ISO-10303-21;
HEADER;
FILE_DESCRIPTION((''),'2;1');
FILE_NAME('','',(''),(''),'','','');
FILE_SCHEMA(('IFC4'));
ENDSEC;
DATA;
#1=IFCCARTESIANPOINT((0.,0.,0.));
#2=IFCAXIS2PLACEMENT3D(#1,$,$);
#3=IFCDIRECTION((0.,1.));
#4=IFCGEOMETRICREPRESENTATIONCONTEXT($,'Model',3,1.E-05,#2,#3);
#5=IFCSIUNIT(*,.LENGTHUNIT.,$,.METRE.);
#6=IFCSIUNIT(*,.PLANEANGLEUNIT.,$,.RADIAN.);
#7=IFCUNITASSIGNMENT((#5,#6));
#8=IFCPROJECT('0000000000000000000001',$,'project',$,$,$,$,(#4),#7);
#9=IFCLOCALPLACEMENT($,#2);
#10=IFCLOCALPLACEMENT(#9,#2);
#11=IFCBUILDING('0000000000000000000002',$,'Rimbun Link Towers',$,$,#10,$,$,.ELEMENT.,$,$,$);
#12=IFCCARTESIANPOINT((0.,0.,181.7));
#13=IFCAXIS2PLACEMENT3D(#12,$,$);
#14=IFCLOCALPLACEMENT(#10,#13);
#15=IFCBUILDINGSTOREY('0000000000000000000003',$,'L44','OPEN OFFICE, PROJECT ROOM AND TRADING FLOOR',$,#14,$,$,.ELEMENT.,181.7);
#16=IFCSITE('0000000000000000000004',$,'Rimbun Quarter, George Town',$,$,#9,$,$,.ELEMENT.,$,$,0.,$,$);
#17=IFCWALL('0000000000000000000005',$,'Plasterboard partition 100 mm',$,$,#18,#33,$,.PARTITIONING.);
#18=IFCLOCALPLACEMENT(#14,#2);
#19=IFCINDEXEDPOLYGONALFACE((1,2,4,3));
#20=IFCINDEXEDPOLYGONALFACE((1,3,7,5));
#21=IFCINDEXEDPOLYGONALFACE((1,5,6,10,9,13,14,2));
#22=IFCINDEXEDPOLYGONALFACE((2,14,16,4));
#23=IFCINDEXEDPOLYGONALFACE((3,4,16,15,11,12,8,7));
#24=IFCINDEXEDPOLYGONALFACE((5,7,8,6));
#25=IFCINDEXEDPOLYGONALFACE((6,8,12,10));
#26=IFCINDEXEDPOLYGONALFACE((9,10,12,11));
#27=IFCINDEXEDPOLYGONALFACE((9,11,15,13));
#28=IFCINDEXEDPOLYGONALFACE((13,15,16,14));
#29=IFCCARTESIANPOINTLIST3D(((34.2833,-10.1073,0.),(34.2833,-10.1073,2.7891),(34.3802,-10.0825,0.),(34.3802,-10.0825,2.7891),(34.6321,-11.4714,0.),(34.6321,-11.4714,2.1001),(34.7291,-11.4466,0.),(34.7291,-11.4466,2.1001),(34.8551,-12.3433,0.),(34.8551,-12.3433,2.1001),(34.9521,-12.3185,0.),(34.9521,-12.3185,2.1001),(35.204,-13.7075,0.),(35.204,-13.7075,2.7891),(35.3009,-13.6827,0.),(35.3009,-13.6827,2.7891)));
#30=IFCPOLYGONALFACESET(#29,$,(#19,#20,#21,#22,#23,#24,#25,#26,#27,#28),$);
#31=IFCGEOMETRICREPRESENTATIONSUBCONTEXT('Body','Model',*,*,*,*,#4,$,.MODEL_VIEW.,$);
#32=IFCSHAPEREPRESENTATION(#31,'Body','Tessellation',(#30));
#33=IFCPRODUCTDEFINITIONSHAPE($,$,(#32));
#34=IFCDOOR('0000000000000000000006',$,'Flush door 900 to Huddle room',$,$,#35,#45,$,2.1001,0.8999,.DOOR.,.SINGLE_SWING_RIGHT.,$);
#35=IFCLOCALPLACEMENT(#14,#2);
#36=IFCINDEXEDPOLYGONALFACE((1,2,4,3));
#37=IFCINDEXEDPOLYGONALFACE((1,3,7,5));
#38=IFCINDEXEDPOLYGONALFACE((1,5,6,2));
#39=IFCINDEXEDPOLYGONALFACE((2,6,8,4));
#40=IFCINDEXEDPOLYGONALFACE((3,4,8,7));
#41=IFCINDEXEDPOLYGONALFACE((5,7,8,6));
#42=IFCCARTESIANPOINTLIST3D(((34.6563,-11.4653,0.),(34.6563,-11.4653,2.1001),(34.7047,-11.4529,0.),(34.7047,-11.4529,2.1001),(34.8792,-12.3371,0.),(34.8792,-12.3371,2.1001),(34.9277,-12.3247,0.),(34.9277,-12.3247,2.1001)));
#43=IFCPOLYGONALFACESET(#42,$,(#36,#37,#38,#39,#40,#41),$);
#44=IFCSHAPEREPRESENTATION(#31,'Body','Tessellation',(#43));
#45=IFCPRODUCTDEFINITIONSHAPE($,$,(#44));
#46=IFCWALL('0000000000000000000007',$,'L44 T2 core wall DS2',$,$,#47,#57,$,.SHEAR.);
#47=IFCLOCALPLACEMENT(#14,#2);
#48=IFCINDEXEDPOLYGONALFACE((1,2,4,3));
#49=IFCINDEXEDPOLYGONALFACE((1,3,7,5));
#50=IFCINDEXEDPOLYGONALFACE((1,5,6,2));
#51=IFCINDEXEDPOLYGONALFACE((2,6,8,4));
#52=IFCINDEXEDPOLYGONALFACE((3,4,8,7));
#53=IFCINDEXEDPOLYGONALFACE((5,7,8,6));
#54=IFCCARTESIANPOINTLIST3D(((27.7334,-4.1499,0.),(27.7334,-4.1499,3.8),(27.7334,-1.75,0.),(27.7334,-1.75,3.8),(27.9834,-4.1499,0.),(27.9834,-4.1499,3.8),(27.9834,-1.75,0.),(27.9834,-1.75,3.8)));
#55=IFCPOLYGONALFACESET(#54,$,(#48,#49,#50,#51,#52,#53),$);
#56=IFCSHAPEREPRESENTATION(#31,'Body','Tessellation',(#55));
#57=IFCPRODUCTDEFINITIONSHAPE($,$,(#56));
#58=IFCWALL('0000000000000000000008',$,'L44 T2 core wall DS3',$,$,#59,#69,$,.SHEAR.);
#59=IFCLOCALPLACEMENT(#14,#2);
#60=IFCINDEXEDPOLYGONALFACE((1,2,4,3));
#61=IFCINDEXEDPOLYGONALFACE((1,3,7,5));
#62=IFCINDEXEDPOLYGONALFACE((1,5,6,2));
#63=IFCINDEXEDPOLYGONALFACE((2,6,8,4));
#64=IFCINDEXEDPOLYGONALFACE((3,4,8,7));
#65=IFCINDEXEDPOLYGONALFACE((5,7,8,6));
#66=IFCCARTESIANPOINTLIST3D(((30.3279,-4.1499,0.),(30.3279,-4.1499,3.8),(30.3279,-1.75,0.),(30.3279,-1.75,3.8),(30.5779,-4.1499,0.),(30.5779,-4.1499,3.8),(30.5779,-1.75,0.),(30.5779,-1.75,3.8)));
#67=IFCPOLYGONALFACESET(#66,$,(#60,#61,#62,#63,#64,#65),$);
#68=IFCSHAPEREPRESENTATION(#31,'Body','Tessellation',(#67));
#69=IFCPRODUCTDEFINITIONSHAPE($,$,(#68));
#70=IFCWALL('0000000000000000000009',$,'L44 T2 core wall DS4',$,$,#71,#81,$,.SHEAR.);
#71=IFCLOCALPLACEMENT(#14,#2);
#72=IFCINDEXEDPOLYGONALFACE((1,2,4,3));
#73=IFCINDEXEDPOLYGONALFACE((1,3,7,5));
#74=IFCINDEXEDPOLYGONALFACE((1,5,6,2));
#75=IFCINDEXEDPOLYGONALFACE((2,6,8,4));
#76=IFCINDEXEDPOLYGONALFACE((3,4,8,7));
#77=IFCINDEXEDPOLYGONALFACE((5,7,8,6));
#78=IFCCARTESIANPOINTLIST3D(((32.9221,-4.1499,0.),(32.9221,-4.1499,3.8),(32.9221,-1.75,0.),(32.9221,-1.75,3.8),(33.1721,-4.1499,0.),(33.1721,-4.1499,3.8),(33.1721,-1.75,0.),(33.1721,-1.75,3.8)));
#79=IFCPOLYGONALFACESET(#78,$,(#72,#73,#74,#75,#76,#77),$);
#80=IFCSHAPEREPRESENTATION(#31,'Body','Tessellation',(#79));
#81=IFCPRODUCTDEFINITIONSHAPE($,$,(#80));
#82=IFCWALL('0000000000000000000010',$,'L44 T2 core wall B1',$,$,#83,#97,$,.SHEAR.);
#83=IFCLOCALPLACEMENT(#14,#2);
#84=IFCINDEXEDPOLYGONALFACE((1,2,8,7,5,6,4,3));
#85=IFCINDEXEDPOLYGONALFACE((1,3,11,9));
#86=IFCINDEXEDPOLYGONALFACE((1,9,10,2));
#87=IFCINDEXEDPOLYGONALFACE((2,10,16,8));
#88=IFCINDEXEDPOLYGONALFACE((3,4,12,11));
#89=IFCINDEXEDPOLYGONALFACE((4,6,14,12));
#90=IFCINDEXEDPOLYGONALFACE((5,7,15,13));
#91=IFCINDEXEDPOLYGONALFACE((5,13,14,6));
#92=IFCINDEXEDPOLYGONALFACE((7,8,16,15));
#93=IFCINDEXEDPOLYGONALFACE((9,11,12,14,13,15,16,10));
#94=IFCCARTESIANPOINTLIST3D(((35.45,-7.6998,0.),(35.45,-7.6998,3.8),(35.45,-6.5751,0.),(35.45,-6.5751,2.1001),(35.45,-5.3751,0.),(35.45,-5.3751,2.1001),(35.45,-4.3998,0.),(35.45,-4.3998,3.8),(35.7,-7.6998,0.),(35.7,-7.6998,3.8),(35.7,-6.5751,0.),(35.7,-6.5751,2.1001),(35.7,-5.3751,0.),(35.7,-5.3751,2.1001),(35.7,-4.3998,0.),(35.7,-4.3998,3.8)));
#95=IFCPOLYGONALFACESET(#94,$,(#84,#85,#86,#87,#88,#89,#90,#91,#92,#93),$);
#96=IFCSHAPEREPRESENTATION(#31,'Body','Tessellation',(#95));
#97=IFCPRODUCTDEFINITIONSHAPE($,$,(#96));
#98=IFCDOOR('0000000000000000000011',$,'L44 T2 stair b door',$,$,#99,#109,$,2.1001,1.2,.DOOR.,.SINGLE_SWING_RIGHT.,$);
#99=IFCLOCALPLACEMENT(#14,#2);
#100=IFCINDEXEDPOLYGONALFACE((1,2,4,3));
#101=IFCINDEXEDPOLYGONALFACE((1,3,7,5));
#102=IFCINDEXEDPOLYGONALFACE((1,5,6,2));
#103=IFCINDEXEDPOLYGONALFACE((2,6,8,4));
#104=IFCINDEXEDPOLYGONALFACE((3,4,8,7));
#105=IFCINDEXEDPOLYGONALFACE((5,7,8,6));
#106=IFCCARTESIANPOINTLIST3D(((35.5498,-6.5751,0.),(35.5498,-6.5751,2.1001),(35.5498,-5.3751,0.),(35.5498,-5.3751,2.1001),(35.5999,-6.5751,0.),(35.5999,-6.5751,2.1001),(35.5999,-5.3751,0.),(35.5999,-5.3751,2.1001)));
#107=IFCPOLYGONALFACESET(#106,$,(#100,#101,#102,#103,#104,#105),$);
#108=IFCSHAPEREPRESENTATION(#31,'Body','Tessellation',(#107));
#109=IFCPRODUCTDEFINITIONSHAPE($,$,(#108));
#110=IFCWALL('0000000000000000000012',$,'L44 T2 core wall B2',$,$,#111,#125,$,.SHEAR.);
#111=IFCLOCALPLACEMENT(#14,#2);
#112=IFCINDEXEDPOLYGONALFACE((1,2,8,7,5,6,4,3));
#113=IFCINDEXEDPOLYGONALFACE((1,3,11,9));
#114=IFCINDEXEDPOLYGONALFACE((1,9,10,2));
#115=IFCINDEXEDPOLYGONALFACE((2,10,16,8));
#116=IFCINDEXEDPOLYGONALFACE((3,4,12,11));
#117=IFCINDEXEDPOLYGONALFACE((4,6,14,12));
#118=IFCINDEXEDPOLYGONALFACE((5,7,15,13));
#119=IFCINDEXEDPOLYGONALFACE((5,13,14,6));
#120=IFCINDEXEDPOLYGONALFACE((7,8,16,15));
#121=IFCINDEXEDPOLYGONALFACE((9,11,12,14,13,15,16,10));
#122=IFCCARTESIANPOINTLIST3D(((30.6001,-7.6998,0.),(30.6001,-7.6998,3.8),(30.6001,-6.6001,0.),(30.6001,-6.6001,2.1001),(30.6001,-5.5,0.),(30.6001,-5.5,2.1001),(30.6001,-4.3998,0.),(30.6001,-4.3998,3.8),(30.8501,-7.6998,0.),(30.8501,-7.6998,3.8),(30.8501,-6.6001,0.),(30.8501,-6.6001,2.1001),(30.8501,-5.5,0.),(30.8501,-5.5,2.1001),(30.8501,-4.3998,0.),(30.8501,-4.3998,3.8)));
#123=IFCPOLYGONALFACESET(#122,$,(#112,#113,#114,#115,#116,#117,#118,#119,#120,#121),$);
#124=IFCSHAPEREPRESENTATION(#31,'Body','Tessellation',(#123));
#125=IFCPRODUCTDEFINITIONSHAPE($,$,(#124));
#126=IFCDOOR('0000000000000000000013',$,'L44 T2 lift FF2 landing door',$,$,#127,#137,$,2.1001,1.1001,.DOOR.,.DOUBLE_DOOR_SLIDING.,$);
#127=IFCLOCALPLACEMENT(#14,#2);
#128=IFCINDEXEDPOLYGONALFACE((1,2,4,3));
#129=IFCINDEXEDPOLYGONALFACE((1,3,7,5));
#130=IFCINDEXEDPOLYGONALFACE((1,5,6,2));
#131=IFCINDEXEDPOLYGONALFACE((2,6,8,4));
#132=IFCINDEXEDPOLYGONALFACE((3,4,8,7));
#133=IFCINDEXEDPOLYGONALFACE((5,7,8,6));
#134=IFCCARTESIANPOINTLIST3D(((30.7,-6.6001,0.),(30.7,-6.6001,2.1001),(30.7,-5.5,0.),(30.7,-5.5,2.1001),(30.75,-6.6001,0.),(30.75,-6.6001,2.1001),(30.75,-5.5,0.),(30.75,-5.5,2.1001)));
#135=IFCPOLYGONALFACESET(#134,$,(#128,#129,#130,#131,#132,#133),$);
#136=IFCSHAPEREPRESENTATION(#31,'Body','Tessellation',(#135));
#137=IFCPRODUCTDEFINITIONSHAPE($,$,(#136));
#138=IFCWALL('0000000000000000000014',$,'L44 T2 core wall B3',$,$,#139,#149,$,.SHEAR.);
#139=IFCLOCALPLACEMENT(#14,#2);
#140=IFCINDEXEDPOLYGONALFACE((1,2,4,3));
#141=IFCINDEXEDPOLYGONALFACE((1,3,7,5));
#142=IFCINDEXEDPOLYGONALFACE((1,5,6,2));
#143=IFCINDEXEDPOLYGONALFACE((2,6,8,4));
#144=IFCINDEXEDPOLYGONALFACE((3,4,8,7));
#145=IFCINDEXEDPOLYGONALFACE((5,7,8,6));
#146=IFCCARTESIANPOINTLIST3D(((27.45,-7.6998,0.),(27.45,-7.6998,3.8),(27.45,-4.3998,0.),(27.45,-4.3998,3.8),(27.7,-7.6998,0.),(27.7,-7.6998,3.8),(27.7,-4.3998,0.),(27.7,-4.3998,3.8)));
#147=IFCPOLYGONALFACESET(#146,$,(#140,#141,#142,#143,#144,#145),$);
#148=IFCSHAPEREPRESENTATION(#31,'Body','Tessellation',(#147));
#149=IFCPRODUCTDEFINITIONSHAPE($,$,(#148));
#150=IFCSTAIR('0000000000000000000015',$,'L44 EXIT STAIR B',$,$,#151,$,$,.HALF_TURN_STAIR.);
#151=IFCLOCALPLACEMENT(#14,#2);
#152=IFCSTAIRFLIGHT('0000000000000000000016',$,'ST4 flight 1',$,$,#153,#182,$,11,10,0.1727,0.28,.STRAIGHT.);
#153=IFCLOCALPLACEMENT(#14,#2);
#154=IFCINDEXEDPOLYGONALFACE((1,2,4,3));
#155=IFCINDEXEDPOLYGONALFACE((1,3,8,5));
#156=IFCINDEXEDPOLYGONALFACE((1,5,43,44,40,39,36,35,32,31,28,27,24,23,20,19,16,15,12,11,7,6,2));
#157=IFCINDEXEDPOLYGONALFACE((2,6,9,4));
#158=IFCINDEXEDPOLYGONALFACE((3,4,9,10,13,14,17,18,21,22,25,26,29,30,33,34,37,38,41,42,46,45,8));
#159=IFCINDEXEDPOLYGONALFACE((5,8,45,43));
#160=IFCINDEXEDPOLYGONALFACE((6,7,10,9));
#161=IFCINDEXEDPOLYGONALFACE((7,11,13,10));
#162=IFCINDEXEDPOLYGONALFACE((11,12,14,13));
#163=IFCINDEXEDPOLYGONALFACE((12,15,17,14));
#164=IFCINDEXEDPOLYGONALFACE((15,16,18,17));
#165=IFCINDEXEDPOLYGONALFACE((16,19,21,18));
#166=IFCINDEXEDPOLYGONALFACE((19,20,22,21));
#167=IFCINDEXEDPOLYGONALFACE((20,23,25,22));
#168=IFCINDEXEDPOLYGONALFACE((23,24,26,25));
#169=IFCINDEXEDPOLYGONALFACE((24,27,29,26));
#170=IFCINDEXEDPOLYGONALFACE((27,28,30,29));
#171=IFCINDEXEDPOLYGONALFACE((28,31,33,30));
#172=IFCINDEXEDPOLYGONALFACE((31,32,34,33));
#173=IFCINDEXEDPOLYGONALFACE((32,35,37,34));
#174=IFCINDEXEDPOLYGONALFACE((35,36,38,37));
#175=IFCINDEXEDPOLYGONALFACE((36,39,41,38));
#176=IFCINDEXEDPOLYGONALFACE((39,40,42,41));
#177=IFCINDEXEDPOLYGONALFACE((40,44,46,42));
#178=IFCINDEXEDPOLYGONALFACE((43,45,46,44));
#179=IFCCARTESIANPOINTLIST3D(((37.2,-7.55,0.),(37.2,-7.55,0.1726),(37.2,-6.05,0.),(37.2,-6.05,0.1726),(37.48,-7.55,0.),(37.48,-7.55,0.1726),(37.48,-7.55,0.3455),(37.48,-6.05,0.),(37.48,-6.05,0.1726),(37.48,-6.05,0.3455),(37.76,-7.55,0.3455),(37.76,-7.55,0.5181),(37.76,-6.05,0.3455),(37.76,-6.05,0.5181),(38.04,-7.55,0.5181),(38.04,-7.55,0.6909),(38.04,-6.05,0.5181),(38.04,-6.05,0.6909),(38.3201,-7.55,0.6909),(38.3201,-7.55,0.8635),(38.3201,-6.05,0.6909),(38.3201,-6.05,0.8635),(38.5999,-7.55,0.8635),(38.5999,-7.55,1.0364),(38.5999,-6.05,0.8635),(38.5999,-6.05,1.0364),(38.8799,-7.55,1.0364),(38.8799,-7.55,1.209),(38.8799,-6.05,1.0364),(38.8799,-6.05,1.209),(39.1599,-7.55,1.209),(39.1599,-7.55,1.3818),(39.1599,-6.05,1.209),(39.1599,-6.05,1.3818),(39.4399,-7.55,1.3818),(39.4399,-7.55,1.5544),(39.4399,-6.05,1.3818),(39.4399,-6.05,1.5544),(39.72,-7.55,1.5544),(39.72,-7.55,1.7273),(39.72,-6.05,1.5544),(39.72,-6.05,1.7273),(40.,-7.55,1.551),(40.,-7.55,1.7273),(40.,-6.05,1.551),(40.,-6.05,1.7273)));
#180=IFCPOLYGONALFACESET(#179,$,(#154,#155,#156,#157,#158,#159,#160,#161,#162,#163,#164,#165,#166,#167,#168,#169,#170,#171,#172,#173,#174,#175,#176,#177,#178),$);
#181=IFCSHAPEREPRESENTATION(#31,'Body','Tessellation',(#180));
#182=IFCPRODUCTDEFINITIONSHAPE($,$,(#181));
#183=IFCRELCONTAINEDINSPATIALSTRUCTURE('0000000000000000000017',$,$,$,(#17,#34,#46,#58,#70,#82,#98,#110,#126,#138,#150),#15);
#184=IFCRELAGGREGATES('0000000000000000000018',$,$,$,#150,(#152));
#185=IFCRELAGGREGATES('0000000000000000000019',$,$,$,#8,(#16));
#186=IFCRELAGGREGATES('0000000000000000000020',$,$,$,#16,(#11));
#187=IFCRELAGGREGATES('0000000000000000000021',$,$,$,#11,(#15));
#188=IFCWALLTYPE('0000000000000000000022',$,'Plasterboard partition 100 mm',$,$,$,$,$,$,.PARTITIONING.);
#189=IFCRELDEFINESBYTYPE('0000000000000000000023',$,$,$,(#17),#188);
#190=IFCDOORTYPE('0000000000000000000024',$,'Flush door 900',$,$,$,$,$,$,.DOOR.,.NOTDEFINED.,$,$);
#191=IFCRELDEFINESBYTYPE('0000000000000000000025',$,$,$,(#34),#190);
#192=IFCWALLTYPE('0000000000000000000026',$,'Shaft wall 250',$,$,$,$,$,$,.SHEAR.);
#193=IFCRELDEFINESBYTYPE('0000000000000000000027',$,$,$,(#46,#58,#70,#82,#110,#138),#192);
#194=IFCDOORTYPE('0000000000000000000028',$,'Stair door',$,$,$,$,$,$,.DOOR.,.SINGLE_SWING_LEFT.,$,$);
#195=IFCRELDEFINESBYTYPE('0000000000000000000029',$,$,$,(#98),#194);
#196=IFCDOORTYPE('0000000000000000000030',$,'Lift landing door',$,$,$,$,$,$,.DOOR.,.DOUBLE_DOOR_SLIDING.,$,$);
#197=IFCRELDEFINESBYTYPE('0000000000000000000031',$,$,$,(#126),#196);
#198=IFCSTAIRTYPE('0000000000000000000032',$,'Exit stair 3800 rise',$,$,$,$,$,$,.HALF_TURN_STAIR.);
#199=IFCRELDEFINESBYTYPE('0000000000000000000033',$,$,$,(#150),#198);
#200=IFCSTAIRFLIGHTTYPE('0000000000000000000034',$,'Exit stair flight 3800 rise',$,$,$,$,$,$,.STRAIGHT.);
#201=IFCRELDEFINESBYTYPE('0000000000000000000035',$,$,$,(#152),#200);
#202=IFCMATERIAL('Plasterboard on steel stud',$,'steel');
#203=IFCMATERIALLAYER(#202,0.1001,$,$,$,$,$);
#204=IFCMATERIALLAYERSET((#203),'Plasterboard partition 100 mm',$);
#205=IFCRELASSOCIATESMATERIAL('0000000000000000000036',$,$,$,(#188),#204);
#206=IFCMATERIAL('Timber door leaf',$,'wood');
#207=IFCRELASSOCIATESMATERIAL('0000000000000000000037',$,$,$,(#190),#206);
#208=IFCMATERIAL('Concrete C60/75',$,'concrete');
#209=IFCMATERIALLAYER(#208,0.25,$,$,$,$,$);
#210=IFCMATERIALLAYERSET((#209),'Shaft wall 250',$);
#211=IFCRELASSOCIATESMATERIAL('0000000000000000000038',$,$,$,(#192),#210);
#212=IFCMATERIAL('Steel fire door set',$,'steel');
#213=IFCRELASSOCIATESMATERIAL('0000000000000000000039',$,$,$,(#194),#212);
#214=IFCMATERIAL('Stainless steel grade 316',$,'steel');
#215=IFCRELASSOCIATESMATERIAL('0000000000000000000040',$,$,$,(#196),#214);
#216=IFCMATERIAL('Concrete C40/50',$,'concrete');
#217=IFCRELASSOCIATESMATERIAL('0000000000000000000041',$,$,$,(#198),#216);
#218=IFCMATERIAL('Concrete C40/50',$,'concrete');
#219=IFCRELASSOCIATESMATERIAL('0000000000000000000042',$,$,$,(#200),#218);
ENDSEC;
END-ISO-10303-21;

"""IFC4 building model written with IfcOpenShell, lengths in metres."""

from ifc_helpers import new_model, si_unit, direction, frame, frame_2d, origin, place, context, subcontext, project, spatial, polyline, rectangle, outline, extrude, material, layer, layer_set, type_object, element, fill, aggregate, save


model = new_model("IFC4")

# Units and contexts
model_context = context("Model", 3, precision=1e-05, world=origin(), true_north=direction((0.0, 1.0)))
body_context = subcontext(model_context, "Body", "Model", "MODEL_VIEW")
ifc_project = project(units=[si_unit("LENGTHUNIT", "METRE"), si_unit("PLANEANGLEUNIT", "RADIAN")], contexts=[model_context])

# Site, building, storey
site_placement = place(None, origin())
site = spatial("IfcSite", under=ifc_project, at=site_placement, Name="Rimbun Quarter, George Town", CompositionType="ELEMENT", RefElevation=0.0)
building_placement = place(site_placement, origin())
building = spatial("IfcBuilding", under=site, at=building_placement, Name="Rimbun Link Towers", CompositionType="ELEMENT")
storey_placement = place(building_placement, frame((0.0, 0.0, 181.7)))
storey = spatial("IfcBuildingStorey", under=building, at=storey_placement, Name="L44", Description="OPEN OFFICE, PROJECT ROOM AND TRADING FLOOR", CompositionType="ELEMENT", Elevation=181.7)

# Wall, opening, door
ifc_material_1 = material(Name="Plasterboard on steel stud", Category="steel")
ifc_layer_1 = layer(ifc_material_1, 0.1001)
ifc_layer_set_1 = layer_set([ifc_layer_1], Name="Plasterboard partition 100 mm")
wall_type_1 = type_object("IfcWallType", Name="Plasterboard partition 100 mm", PredefinedType="PARTITIONING", material=ifc_layer_set_1)
ifc_material_2 = material(Name="Timber door leaf", Category="wood")
door_type_1 = type_object("IfcDoorType", Name="Flush door 900", OperationType="NOTDEFINED", PredefinedType="DOOR", material=ifc_material_2)
wall_1_placement = place(storey_placement, frame((34.3318, -10.095, 0.0), z_axis=(0.0, 0.0, 1.0), x_axis=(0.247757, -0.968822, 0.0)))
wall_1 = element("IfcWall", 1, at=wall_1_placement, inside=storey, type_object=wall_type_1, Name="Plasterboard partition 100 mm", PredefinedType="PARTITIONING", context=body_context, shape_type="SweptSolid", body=[
    extrude(rectangle(XDim=3.7161, YDim=0.1001, at=frame_2d((1.8579, 0.0))), origin(), (0.0, 0.0, 1.0), 2.7891),
])
opening_1_placement = place(wall_1_placement, frame((1.408, 0.0, 0.0)))
opening_1 = element("IfcOpeningElement", 2, at=opening_1_placement, cuts=wall_1, PredefinedType="OPENING", context=body_context, shape_type="SweptSolid", body=[
    extrude(rectangle(XDim=0.8999, YDim=2.1001, at=frame_2d((0.45, 1.05))), frame((0.0, 0.0601, 0.0), z_axis=(0.0, -1.0, 0.0), x_axis=(1.0, 0.0, 0.0)), (0.0, 0.0, 1.0), 0.1201),
])
door_1_placement = place(opening_1_placement, origin())
door_1 = element("IfcDoor", 3, at=door_1_placement, inside=storey, type_object=door_type_1, Name="Flush door 900 to Huddle room", OperationType="SINGLE_SWING_RIGHT", OverallHeight=2.1001, OverallWidth=0.8999, PredefinedType="DOOR", context=body_context, shape_type="SweptSolid", body=[
    extrude(rectangle(XDim=0.8999, YDim=2.1001, at=frame_2d((0.45, 1.05))), frame((0.0, 0.0249, 0.0), z_axis=(0.0, -1.0, 0.0), x_axis=(1.0, 0.0, 0.0)), (0.0, 0.0, 1.0), 0.05),
])
fill(opening_1, door_1)

# Walls
ifc_material_3 = material(Name="Concrete C60/75", Category="concrete")
ifc_layer_2 = layer(ifc_material_3, 0.25)
ifc_layer_set_2 = layer_set([ifc_layer_2], Name="Shaft wall 250")
wall_type_2 = type_object("IfcWallType", Name="Shaft wall 250", PredefinedType="SHEAR", material=ifc_layer_set_2)
for number, where, z_axis, x_axis, name in (
    (4, (27.8584, -4.1499, 0.0), (0.0, 0.0, 1.0), (0.0, 1.0, 0.0), "L44 T2 core wall DS2"),
    (5, (30.4529, -4.1499, 0.0), (0.0, 0.0, 1.0), (0.0, 1.0, 0.0), "L44 T2 core wall DS3"),
    (6, (33.0471, -4.1499, 0.0), (0.0, 0.0, 1.0), (0.0, 1.0, 0.0), "L44 T2 core wall DS4"),
):
    element("IfcWall", number, at=place(storey_placement, frame(where, z_axis=z_axis, x_axis=x_axis)), inside=storey, type_object=wall_type_2, Name=name, PredefinedType="SHEAR", context=body_context, shape_type="SweptSolid", body=[
        extrude(rectangle(XDim=2.3999, YDim=0.25, at=frame_2d((1.2, 0.0))), origin(), (0.0, 0.0, 1.0), 3.8),
    ])

# Walls, openings, doors
wall_2_placement = place(storey_placement, frame((35.575, -4.3999, 0.0), z_axis=(0.0, 0.0, 1.0), x_axis=(0.0, -1.0, 0.0)))
wall_2 = element("IfcWall", 7, at=wall_2_placement, inside=storey, type_object=wall_type_2, Name="L44 T2 core wall B1", PredefinedType="SHEAR", context=body_context, shape_type="SweptSolid", body=[
    extrude(rectangle(XDim=3.3, YDim=0.25, at=frame_2d((1.6499, 0.0))), origin(), (0.0, 0.0, 1.0), 3.8),
])
opening_2_placement = place(wall_2_placement, frame((0.9751, 0.0, 0.0)))
opening_2 = element("IfcOpeningElement", 8, at=opening_2_placement, cuts=wall_2, PredefinedType="OPENING", context=body_context, shape_type="SweptSolid", body=[
    extrude(rectangle(XDim=1.2, YDim=2.1001, at=frame_2d((0.6001, 1.05))), frame((0.0, 0.135, 0.0), z_axis=(0.0, -1.0, 0.0), x_axis=(1.0, 0.0, 0.0)), (0.0, 0.0, 1.0), 0.27),
])
ifc_material_4 = material(Name="Steel fire door set", Category="steel")
door_type_2 = type_object("IfcDoorType", Name="Stair door", OperationType="SINGLE_SWING_LEFT", PredefinedType="DOOR", material=ifc_material_4)
door_2_placement = place(opening_2_placement, origin())
door_2 = element("IfcDoor", 9, at=door_2_placement, inside=storey, type_object=door_type_2, Name="L44 T2 stair b door", OperationType="SINGLE_SWING_RIGHT", OverallHeight=2.1001, OverallWidth=1.2, PredefinedType="DOOR", context=body_context, shape_type="SweptSolid", body=[
    extrude(rectangle(XDim=1.2, YDim=2.1001, at=frame_2d((0.6001, 1.05))), frame((0.0, 0.0249, 0.0), z_axis=(0.0, -1.0, 0.0), x_axis=(1.0, 0.0, 0.0)), (0.0, 0.0, 1.0), 0.05),
])
fill(opening_2, door_2)
wall_3_placement = place(storey_placement, frame((30.7251, -4.3999, 0.0), z_axis=(0.0, 0.0, 1.0), x_axis=(0.0, -1.0, 0.0)))
wall_3 = element("IfcWall", 10, at=wall_3_placement, inside=storey, type_object=wall_type_2, Name="L44 T2 core wall B2", PredefinedType="SHEAR", context=body_context, shape_type="SweptSolid", body=[
    extrude(rectangle(XDim=3.3, YDim=0.25, at=frame_2d((1.6499, 0.0))), origin(), (0.0, 0.0, 1.0), 3.8),
])
opening_3_placement = place(wall_3_placement, frame((1.1001, 0.0, 0.0)))
opening_3 = element("IfcOpeningElement", 11, at=opening_3_placement, cuts=wall_3, PredefinedType="OPENING", context=body_context, shape_type="SweptSolid", body=[
    extrude(rectangle(XDim=1.1001, YDim=2.1001, at=frame_2d((0.55, 1.05))), frame((0.0, 0.135, 0.0), z_axis=(0.0, -1.0, 0.0), x_axis=(1.0, 0.0, 0.0)), (0.0, 0.0, 1.0), 0.27),
])
ifc_material_5 = material(Name="Stainless steel grade 316", Category="steel")
door_type_3 = type_object("IfcDoorType", Name="Lift landing door", OperationType="DOUBLE_DOOR_SLIDING", PredefinedType="DOOR", material=ifc_material_5)
door_3_placement = place(opening_3_placement, origin())
door_3 = element("IfcDoor", 12, at=door_3_placement, inside=storey, type_object=door_type_3, Name="L44 T2 lift FF2 landing door", OperationType="DOUBLE_DOOR_SLIDING", OverallHeight=2.1001, OverallWidth=1.1001, PredefinedType="DOOR", context=body_context, shape_type="SweptSolid", body=[
    extrude(rectangle(XDim=1.1001, YDim=2.1001, at=frame_2d((0.55, 1.05))), frame((0.0, 0.0249, 0.0), z_axis=(0.0, -1.0, 0.0), x_axis=(1.0, 0.0, 0.0)), (0.0, 0.0, 1.0), 0.05),
])
fill(opening_3, door_3)

# Wall
wall_4_placement = place(storey_placement, frame((27.575, -4.3999, 0.0), z_axis=(0.0, 0.0, 1.0), x_axis=(0.0, -1.0, 0.0)))
element("IfcWall", 13, at=wall_4_placement, inside=storey, type_object=wall_type_2, Name="L44 T2 core wall B3", PredefinedType="SHEAR", context=body_context, shape_type="SweptSolid", body=[
    extrude(rectangle(XDim=3.3, YDim=0.25, at=frame_2d((1.6499, 0.0))), origin(), (0.0, 0.0, 1.0), 3.8),
])

# Stair, stair flight
ifc_material_6 = material(Name="Concrete C40/50", Category="concrete")
stair_type = type_object("IfcStairType", Name="Exit stair 3800 rise", PredefinedType="HALF_TURN_STAIR", material=ifc_material_6)
stair_placement = place(storey_placement, origin())
stair = element("IfcStair", 14, at=stair_placement, inside=storey, type_object=stair_type, Name="L44 EXIT STAIR B", PredefinedType="HALF_TURN_STAIR")
ifc_material_7 = material(Name="Concrete C40/50", Category="concrete")
stair_flight_type = type_object("IfcStairFlightType", Name="Exit stair flight 3800 rise", PredefinedType="STRAIGHT", material=ifc_material_7)
stair_flight_placement = place(storey_placement, frame((37.2, -6.8, 0.0), z_axis=(0.0, 0.0, 1.0), x_axis=(1.0, 0.0, 0.0)))
stair_flight = element("IfcStairFlight", 15, at=stair_flight_placement, type_object=stair_flight_type, Name="ST4 flight 1", NumberOfRisers=11, NumberOfTreads=10, PredefinedType="STRAIGHT", RiserHeight=0.1727, TreadLength=0.28, context=body_context, shape_type="SweptSolid", body=[
    extrude(outline(polyline([(0.0, 0.0), (0.0, 0.1726), (0.28, 0.1726), (0.28, 0.3455), (0.5601, 0.3455), (0.5601, 0.5181), (0.8401, 0.5181), (0.8401, 0.6909), (1.1201, 0.6909), (1.1201, 0.8635), (1.3999, 0.8635), (1.3999, 1.0364), (1.6799, 1.0364), (1.6799, 1.209), (1.96, 1.209), (1.96, 1.3818), (2.24, 1.3818), (2.24, 1.5544), (2.52, 1.5544), (2.52, 1.7273), (2.8, 1.7273), (2.8, 1.8999), (2.8, 1.551), (0.28, 0.0), (0.0, 0.0)])), frame((0.0, 0.75, 0.0), z_axis=(0.0, -1.0, 0.0), x_axis=(1.0, 0.0, 0.0)), (0.0, 0.0, 1.0), 1.5),
])
aggregate(stair, [stair_flight])

save(model, "model.ifc")
